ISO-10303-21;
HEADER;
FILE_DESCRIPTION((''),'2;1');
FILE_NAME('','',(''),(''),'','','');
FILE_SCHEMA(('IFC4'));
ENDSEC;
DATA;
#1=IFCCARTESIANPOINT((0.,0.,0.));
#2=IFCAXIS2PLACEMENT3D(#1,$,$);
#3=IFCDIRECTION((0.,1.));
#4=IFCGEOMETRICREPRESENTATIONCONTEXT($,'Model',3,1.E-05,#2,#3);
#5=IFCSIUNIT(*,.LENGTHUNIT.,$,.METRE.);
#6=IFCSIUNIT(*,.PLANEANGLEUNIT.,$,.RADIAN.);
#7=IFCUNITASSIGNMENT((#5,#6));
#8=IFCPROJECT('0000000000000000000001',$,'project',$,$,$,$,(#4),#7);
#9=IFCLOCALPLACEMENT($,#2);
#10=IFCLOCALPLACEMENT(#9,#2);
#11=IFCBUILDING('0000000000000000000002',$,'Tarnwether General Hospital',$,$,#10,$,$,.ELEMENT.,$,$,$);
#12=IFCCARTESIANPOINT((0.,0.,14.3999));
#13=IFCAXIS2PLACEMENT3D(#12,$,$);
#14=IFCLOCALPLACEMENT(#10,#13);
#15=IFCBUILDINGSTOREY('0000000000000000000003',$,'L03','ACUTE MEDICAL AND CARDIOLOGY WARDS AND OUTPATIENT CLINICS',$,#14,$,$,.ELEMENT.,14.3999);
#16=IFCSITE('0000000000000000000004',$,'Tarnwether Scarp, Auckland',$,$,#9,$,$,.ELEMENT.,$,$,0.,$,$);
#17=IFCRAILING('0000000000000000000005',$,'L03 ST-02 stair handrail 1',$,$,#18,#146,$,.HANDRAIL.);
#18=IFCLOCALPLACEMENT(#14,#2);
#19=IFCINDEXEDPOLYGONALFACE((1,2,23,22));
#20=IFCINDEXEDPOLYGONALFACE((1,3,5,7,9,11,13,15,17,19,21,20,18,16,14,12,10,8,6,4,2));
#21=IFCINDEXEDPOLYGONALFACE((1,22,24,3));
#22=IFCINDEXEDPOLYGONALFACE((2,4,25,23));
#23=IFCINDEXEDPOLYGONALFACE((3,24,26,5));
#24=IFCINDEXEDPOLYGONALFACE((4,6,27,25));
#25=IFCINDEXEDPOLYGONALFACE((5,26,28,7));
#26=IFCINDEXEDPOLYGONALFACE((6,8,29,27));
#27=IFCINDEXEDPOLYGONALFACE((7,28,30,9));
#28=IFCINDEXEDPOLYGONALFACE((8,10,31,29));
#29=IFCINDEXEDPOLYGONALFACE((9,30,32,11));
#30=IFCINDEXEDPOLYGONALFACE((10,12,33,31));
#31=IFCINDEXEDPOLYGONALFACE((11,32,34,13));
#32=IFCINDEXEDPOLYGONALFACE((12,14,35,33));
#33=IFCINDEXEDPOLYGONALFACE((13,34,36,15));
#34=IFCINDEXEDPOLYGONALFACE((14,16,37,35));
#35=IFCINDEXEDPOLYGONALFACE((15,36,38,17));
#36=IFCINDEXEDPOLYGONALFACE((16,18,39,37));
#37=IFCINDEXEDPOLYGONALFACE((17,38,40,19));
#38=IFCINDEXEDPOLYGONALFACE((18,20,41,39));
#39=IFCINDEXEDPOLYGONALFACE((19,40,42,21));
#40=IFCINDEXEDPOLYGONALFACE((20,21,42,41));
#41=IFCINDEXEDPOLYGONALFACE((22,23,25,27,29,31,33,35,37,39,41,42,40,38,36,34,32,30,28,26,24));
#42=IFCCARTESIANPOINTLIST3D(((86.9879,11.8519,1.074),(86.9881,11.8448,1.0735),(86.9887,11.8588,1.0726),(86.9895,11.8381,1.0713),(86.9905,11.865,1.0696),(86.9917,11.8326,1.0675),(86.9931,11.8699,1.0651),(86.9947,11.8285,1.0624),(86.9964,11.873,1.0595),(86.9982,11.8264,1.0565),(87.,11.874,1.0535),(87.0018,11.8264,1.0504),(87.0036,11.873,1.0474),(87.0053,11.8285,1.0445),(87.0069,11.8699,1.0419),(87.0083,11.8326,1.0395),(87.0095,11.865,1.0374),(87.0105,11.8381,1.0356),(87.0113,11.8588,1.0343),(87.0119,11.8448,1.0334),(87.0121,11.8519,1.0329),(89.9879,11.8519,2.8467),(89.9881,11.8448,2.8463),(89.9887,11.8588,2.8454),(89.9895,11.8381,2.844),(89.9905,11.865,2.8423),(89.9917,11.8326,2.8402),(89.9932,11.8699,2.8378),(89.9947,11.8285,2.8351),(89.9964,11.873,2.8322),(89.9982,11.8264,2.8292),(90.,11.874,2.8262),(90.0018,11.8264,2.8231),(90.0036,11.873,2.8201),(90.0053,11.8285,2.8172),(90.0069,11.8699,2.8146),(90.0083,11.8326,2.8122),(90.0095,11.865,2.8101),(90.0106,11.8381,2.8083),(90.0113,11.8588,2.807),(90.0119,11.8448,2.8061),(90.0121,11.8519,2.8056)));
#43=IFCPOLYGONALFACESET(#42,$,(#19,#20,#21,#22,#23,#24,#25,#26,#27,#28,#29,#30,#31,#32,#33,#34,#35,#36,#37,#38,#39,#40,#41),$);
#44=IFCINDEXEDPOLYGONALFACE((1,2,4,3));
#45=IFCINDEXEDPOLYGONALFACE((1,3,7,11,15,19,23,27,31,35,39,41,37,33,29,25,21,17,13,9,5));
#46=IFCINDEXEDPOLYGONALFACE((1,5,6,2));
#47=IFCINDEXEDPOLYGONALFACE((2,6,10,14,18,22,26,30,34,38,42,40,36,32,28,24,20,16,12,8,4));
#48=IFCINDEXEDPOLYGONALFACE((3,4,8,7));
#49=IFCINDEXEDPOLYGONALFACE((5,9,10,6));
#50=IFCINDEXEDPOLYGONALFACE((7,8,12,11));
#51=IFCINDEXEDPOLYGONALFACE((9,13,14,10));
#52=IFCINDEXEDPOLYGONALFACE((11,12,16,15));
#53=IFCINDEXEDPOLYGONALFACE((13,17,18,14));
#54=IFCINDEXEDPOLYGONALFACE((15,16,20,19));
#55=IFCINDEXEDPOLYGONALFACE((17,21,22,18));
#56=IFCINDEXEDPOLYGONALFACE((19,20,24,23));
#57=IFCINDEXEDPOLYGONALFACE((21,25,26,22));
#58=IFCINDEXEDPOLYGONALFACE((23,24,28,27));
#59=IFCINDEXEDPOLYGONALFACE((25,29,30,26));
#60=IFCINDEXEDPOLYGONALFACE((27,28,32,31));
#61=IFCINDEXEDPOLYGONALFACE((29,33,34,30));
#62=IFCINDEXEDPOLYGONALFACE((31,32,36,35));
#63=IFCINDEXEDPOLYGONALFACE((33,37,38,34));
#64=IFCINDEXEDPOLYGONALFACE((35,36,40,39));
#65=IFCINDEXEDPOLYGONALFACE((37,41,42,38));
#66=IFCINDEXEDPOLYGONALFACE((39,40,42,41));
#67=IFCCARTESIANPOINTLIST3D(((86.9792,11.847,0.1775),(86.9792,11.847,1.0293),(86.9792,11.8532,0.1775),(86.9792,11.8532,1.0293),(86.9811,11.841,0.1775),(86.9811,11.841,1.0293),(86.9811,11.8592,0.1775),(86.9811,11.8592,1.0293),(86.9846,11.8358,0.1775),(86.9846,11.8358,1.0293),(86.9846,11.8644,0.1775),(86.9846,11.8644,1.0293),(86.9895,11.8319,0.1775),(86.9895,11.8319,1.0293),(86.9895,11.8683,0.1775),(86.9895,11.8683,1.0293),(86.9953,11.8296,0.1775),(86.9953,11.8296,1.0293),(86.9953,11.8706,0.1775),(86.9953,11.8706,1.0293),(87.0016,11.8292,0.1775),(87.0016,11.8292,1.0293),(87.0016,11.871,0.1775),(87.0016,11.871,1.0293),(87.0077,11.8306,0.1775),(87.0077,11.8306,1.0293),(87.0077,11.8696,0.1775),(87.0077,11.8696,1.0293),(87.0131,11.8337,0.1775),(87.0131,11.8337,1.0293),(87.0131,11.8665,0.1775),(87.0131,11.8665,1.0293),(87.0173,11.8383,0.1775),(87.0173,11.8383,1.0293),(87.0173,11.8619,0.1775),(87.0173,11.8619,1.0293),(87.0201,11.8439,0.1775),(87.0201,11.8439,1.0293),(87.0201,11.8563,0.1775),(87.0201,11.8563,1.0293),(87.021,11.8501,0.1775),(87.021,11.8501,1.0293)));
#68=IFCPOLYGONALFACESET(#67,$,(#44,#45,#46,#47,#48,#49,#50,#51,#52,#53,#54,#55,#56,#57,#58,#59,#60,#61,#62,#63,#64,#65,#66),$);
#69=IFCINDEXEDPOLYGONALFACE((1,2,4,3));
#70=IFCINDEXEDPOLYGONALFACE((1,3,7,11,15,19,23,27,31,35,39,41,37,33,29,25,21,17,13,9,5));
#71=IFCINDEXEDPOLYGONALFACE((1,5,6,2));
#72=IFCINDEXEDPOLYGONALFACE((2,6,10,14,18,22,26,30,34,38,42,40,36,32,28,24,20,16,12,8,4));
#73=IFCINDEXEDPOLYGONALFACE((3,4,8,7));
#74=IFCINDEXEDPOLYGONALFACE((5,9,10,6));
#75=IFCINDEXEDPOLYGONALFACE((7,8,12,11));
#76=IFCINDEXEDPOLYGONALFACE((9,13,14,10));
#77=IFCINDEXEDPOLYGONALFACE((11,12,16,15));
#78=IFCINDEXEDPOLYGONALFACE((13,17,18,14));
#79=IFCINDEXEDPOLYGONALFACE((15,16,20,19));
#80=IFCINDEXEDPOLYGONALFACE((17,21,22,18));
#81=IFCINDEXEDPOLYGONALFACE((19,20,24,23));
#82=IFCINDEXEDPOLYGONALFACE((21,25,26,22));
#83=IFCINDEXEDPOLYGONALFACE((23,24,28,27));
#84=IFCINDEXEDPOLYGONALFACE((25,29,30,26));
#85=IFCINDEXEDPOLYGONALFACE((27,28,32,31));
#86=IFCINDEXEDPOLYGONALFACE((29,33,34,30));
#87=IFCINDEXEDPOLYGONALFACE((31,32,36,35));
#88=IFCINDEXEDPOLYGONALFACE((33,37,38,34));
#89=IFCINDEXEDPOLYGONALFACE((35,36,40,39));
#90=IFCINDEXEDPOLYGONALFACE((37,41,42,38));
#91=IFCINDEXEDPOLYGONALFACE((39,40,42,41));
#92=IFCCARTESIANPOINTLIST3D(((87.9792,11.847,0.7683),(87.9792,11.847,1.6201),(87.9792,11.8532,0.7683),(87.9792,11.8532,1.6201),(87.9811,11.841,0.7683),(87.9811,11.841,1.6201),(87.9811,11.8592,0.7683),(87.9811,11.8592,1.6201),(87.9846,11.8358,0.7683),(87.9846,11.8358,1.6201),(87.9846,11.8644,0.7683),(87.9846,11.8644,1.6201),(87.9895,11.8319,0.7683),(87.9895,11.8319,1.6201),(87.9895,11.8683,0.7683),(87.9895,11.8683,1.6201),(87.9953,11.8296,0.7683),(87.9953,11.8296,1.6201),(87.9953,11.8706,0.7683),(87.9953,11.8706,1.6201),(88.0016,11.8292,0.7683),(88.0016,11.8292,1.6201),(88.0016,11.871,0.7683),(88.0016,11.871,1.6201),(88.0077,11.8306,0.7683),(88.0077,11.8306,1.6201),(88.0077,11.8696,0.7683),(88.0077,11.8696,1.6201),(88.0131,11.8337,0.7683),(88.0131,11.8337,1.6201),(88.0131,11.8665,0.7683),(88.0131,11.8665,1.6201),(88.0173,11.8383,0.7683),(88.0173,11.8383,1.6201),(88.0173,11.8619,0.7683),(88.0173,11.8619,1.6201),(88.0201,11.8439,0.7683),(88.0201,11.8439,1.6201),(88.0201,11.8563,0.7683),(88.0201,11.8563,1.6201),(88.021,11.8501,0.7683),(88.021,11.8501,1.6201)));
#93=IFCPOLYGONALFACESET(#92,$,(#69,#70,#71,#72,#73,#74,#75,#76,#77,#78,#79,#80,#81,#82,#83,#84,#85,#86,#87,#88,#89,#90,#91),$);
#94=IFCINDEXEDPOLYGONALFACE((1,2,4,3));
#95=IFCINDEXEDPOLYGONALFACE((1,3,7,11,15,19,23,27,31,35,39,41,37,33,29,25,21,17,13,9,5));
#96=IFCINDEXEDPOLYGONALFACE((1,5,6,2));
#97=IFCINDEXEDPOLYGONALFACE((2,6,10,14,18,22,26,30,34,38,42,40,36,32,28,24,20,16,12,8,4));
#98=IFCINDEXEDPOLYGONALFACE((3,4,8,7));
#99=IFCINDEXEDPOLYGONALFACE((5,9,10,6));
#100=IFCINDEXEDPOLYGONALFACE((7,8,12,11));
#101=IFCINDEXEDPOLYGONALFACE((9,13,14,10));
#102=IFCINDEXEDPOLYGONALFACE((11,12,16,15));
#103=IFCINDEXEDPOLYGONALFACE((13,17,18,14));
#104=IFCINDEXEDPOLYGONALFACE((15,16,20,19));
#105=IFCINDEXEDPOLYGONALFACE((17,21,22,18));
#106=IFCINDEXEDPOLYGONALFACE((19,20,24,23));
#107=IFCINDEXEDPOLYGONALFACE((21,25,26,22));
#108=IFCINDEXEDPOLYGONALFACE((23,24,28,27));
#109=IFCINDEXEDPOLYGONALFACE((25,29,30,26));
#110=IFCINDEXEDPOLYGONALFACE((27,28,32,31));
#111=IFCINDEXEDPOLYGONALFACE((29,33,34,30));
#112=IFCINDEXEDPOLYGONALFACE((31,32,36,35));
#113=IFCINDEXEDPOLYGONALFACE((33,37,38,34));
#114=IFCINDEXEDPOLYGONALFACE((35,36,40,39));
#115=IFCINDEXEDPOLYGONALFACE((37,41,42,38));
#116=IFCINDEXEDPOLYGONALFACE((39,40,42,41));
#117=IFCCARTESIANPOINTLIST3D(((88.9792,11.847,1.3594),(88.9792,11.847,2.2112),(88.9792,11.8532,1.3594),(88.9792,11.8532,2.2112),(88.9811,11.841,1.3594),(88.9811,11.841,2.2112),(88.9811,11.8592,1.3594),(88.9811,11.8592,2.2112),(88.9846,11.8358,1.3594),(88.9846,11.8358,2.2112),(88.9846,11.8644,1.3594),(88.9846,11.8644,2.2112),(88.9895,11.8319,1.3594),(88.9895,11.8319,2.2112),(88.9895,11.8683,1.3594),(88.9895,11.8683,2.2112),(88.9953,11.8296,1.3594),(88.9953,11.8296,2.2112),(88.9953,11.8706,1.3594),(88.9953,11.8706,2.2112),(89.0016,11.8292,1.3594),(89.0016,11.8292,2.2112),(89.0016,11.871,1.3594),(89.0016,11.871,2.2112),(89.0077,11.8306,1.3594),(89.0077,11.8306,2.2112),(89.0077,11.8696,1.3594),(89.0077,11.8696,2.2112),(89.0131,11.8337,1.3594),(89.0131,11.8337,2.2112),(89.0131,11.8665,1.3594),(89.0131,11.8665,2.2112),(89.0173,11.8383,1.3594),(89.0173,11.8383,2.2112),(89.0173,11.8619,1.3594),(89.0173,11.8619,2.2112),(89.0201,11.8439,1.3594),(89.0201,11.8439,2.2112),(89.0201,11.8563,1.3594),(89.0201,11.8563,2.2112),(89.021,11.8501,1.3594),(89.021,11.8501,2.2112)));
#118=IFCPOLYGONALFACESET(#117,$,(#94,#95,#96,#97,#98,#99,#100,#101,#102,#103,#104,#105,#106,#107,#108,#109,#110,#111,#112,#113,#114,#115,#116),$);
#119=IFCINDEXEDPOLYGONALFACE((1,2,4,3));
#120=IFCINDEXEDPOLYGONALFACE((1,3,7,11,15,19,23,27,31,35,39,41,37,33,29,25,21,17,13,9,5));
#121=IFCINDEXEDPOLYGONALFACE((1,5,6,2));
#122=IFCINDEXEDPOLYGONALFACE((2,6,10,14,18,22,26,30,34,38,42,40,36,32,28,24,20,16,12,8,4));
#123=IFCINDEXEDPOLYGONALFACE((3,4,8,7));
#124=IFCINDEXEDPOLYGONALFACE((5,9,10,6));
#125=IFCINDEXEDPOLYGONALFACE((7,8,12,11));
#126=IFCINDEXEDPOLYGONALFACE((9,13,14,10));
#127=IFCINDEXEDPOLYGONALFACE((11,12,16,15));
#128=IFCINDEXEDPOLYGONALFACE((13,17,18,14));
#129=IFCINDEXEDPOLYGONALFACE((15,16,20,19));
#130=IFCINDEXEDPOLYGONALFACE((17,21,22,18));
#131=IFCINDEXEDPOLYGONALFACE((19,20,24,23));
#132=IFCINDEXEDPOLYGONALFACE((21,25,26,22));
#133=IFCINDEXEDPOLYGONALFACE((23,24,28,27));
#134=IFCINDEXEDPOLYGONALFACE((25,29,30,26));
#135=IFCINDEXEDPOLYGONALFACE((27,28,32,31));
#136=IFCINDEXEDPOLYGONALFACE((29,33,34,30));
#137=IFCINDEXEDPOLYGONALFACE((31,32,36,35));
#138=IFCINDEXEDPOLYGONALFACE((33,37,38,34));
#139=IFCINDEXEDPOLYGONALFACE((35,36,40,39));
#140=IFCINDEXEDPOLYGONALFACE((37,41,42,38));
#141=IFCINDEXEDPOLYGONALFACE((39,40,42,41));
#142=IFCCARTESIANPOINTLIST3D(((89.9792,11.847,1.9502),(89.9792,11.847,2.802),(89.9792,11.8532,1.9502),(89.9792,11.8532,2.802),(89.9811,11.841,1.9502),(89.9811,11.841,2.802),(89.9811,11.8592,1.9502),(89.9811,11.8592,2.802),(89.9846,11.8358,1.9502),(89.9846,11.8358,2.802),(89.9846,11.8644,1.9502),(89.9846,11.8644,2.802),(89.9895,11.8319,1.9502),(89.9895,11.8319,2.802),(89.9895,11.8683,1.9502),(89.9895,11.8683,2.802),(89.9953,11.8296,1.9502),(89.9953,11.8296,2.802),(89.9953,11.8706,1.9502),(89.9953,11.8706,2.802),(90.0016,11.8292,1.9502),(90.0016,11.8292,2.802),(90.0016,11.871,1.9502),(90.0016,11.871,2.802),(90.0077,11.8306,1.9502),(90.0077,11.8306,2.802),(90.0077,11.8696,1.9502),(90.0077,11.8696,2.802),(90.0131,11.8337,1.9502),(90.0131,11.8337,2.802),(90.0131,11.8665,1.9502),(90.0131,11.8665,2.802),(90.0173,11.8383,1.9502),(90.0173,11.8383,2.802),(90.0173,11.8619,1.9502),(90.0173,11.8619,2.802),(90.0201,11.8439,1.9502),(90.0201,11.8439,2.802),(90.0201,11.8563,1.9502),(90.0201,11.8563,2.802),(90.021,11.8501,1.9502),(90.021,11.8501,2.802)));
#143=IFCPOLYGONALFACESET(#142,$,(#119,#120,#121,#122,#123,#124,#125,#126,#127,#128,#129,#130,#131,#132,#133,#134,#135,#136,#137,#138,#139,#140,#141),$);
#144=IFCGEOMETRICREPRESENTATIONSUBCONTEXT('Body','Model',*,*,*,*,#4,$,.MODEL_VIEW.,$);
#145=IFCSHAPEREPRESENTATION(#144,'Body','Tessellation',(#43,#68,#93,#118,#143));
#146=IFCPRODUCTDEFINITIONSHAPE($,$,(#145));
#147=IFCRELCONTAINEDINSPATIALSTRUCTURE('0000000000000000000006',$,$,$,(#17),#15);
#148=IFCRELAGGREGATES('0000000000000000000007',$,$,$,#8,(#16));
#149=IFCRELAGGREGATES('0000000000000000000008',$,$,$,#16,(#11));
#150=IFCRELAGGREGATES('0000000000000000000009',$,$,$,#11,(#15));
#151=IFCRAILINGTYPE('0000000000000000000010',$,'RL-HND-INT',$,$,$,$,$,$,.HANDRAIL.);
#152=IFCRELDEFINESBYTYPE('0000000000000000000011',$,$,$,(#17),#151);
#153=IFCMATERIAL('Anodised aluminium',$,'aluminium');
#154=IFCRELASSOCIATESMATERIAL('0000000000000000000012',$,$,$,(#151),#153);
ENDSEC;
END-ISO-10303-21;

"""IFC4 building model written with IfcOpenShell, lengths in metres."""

from ifc_helpers import new_model, si_unit, direction, frame, origin, origin_2d, place, context, subcontext, project, spatial, circle, extrude, material, type_object, element, save


model = new_model("IFC4")

# Units and contexts
model_context = context("Model", 3, precision=1e-05, world=origin(), true_north=direction((0.0, 1.0)))
body_context = subcontext(model_context, "Body", "Model", "MODEL_VIEW")
ifc_project = project(units=[si_unit("LENGTHUNIT", "METRE"), si_unit("PLANEANGLEUNIT", "RADIAN")], contexts=[model_context])

# Site, building, storey
site_placement = place(None, origin())
site = spatial("IfcSite", under=ifc_project, at=site_placement, Name="Tarnwether Scarp, Auckland", CompositionType="ELEMENT", RefElevation=0.0)
building_placement = place(site_placement, origin())
building = spatial("IfcBuilding", under=site, at=building_placement, Name="Tarnwether General Hospital", CompositionType="ELEMENT")
storey_placement = place(building_placement, frame((0.0, 0.0, 14.3999)))
storey = spatial("IfcBuildingStorey", under=building, at=storey_placement, Name="L03", Description="ACUTE MEDICAL AND CARDIOLOGY WARDS AND OUTPATIENT CLINICS", CompositionType="ELEMENT", Elevation=14.3999)

# Railing
ifc_material_1 = material(Name="Anodised aluminium", Category="aluminium")
railing_type_1 = type_object("IfcRailingType", Name="RL-HND-INT", PredefinedType="HANDRAIL", material=ifc_material_1)
railing_1_placement = place(storey_placement, frame((87.0, 11.8501, 0.1775)))
element("IfcRailing", 1, at=railing_1_placement, inside=storey, type_object=railing_type_1, Name="L03 ST-02 stair handrail 1", PredefinedType="HANDRAIL", context=body_context, shape_type="SweptSolid", body=[
    extrude(circle(Radius=0.0239, at=origin_2d()), frame((0.0, 0.0, 0.876), z_axis=(0.860929, 0.0, 0.508725), x_axis=(0.0, 1.0, 0.0)), (0.0, 0.0, 1.0), 3.4846),
    extrude(circle(Radius=0.021, at=origin_2d()), origin(), (0.0, 0.0, 1.0), 0.8518),
    extrude(circle(Radius=0.021, at=origin_2d()), frame((1.0, 0.0, 0.5908)), (0.0, 0.0, 1.0), 0.8518),
    extrude(circle(Radius=0.021, at=origin_2d()), frame((2.0, 0.0, 1.1819)), (0.0, 0.0, 1.0), 0.8518),
    extrude(circle(Radius=0.021, at=origin_2d()), frame((3.0, 0.0, 1.7727)), (0.0, 0.0, 1.0), 0.8518),
])

save(model, "model.ifc")
